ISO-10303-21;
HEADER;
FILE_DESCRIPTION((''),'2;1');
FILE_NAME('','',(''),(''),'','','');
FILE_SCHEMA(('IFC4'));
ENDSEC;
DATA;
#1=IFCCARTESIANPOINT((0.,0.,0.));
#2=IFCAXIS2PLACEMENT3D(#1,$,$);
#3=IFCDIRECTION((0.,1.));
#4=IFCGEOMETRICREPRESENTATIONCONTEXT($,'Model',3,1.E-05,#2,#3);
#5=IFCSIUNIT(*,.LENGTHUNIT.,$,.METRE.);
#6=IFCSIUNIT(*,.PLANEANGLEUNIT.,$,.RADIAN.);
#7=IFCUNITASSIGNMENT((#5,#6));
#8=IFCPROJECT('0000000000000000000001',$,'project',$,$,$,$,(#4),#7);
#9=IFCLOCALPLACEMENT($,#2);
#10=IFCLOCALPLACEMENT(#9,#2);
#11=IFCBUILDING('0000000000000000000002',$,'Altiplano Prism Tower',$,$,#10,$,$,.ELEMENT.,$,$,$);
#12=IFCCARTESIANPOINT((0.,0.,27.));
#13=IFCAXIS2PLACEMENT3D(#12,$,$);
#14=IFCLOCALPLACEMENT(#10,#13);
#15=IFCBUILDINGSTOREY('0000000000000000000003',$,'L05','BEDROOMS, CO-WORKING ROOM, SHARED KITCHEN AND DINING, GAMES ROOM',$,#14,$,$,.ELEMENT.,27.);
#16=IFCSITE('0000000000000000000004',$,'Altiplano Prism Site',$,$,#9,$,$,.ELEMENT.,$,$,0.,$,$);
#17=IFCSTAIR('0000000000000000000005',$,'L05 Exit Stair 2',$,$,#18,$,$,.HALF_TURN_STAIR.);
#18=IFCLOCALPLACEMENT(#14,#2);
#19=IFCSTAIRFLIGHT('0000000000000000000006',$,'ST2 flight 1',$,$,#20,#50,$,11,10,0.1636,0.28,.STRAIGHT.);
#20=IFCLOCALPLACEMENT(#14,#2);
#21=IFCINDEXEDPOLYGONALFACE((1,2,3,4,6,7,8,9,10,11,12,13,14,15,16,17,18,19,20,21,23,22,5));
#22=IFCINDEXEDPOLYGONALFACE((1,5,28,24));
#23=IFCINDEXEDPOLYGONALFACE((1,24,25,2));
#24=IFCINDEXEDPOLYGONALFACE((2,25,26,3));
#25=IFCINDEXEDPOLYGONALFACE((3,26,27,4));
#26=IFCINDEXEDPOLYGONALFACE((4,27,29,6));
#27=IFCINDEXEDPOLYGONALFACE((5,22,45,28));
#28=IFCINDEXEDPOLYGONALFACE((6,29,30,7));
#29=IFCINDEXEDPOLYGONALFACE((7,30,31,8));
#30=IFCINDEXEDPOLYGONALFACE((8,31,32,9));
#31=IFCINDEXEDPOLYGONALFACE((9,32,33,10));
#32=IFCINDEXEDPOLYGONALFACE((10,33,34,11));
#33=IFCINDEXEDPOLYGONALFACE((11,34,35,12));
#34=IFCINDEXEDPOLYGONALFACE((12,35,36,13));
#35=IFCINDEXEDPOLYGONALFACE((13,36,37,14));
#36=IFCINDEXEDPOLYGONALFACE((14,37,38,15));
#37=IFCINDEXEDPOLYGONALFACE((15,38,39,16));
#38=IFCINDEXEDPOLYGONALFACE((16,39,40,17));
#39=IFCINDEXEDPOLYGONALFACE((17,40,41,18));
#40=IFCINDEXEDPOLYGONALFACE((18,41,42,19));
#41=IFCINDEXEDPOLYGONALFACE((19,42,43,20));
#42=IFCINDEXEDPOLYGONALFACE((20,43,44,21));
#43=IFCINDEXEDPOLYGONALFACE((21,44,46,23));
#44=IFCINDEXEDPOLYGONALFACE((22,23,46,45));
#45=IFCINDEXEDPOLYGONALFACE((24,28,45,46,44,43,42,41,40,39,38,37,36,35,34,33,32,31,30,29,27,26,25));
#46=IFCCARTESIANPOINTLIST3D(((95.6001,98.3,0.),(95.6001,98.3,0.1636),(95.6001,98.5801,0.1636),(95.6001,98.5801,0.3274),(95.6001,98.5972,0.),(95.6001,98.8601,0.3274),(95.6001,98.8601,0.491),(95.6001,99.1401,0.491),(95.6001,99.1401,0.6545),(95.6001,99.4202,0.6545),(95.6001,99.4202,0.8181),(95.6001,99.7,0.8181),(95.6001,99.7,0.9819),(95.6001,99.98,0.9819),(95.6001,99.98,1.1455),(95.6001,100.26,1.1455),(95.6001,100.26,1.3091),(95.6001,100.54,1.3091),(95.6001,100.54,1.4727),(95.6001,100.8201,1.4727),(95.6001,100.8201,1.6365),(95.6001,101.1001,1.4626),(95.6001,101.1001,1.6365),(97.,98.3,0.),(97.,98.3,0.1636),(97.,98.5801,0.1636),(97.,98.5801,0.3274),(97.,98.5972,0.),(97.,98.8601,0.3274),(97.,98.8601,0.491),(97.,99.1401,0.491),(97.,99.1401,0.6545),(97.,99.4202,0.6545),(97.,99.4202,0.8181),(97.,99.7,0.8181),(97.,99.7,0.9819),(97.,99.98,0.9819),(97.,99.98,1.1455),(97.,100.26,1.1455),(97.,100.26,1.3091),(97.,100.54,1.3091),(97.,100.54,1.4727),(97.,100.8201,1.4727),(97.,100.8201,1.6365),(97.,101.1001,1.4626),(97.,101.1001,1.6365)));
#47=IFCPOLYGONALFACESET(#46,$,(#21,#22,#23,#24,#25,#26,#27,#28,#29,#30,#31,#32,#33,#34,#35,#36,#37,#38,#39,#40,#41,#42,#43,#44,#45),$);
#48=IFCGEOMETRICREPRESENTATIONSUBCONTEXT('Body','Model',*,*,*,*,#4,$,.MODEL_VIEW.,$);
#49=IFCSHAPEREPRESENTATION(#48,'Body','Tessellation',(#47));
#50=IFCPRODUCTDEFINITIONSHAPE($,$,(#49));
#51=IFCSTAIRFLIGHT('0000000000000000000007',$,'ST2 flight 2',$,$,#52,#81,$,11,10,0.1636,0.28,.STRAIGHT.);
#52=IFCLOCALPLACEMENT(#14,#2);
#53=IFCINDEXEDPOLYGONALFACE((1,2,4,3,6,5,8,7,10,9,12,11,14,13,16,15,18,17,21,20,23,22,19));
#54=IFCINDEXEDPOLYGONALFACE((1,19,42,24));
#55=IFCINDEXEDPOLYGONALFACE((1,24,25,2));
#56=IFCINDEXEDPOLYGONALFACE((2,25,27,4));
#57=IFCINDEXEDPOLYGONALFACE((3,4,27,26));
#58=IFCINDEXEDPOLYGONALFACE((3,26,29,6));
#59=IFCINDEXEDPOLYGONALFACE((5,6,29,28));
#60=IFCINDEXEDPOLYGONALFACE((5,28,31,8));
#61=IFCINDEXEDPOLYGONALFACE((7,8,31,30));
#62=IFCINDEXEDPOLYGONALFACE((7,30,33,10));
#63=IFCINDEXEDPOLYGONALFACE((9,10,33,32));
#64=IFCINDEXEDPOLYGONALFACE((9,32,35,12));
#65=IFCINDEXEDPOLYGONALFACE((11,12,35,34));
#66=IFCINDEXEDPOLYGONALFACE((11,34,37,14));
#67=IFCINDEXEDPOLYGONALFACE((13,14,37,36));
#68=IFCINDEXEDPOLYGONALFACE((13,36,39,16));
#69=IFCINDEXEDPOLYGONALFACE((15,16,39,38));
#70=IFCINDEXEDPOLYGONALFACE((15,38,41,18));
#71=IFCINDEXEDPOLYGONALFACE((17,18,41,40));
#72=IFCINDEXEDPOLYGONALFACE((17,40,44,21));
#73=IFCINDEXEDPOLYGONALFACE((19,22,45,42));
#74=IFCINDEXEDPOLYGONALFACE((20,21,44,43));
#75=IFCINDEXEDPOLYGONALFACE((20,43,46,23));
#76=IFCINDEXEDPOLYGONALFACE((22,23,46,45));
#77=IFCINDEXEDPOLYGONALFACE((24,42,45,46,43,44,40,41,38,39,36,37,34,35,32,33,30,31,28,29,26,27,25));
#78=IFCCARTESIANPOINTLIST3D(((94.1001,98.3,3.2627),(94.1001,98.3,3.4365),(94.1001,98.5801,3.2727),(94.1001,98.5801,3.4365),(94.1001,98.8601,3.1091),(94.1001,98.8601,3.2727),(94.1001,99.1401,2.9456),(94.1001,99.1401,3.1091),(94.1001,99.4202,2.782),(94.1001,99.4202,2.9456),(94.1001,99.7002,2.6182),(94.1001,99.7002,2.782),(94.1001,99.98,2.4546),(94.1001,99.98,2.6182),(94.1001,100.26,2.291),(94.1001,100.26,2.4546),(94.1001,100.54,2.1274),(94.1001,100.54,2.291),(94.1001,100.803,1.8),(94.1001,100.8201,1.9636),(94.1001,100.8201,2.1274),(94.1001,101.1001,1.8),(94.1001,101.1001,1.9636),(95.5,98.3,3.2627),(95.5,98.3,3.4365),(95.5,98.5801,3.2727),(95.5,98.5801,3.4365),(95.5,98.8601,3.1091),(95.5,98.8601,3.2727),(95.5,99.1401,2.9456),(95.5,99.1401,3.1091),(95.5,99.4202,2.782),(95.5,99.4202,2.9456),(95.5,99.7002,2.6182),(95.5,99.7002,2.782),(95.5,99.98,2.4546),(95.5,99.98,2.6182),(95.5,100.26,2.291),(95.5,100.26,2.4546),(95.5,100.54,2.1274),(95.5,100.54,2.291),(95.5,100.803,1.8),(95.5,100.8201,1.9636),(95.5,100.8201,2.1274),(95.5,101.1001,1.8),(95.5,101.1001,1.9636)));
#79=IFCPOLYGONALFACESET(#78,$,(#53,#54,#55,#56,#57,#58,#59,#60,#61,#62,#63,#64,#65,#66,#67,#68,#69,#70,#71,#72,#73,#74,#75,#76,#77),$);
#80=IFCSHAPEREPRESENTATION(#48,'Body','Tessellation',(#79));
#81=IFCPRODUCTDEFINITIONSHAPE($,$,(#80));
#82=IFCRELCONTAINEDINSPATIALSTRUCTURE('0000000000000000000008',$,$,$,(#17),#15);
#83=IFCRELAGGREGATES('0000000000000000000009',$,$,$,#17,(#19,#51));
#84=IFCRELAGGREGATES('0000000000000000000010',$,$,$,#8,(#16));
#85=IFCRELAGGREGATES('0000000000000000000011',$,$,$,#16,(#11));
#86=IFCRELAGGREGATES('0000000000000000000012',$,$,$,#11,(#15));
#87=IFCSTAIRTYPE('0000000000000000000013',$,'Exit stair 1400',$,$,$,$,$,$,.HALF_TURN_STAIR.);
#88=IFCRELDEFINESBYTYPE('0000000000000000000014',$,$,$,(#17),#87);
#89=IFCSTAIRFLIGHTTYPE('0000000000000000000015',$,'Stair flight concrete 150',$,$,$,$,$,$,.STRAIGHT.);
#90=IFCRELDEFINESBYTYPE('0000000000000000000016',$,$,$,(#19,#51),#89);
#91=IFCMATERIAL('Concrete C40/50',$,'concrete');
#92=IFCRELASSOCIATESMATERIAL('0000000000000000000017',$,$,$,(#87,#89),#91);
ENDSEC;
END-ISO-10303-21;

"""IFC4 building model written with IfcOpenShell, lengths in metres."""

from ifc_helpers import new_model, si_unit, direction, frame, origin, place, context, subcontext, project, spatial, polyline, outline, extrude, material, type_object, element, aggregate, save


model = new_model("IFC4")

# Units and contexts
model_context = context("Model", 3, precision=1e-05, world=origin(), true_north=direction((0.0, 1.0)))
body_context = subcontext(model_context, "Body", "Model", "MODEL_VIEW")
ifc_project = project(units=[si_unit("LENGTHUNIT", "METRE"), si_unit("PLANEANGLEUNIT", "RADIAN")], contexts=[model_context])

# Site, building, storey
site_placement = place(None, origin())
site = spatial("IfcSite", under=ifc_project, at=site_placement, Name="Altiplano Prism Site", CompositionType="ELEMENT", RefElevation=0.0)
building_placement = place(site_placement, origin())
building = spatial("IfcBuilding", under=site, at=building_placement, Name="Altiplano Prism Tower", CompositionType="ELEMENT")
storey_placement = place(building_placement, frame((0.0, 0.0, 27.0)))
storey = spatial("IfcBuildingStorey", under=building, at=storey_placement, Name="L05", Description="BEDROOMS, CO-WORKING ROOM, SHARED KITCHEN AND DINING, GAMES ROOM", CompositionType="ELEMENT", Elevation=27.0)

# Stair, stair flights
ifc_material_1 = material(Name="Concrete C40/50", Category="concrete")
stair_type = type_object("IfcStairType", Name="Exit stair 1400", PredefinedType="HALF_TURN_STAIR", material=ifc_material_1)
stair_placement = place(storey_placement, origin())
stair = element("IfcStair", 1, at=stair_placement, inside=storey, type_object=stair_type, Name="L05 Exit Stair 2", PredefinedType="HALF_TURN_STAIR")
stair_flight_type = type_object("IfcStairFlightType", Name="Stair flight concrete 150", PredefinedType="STRAIGHT", material=ifc_material_1)
stair_flight_1_placement = place(storey_placement, frame((96.3, 98.3, 0.0), z_axis=(0.0, 0.0, 1.0), x_axis=(0.0, 1.0, 0.0)))
stair_flight_1 = element("IfcStairFlight", 2, at=stair_flight_1_placement, type_object=stair_flight_type, Name="ST2 flight 1", NumberOfRisers=11, NumberOfTreads=10, PredefinedType="STRAIGHT", RiserHeight=0.1636, TreadLength=0.28, context=body_context, shape_type="SweptSolid", body=[
    extrude(outline(polyline([(0.0, 0.0), (0.0, 0.1636), (0.28, 0.1636), (0.28, 0.3274), (0.5601, 0.3274), (0.5601, 0.491), (0.8401, 0.491), (0.8401, 0.6545), (1.1201, 0.6545), (1.1201, 0.8181), (1.3999, 0.8181), (1.3999, 0.9819), (1.6799, 0.9819), (1.6799, 1.1455), (1.96, 1.1455), (1.96, 1.3091), (2.24, 1.3091), (2.24, 1.4727), (2.52, 1.4727), (2.52, 1.6365), (2.8, 1.6365), (2.8, 1.8), (2.8, 1.4626), (0.2971, 0.0), (0.0, 0.0)])), frame((0.0, 0.7, 0.0), z_axis=(0.0, -1.0, 0.0), x_axis=(1.0, 0.0, 0.0)), (0.0, 0.0, 1.0), 1.3999),
])
stair_flight_2_placement = place(storey_placement, frame((94.8, 101.1001, 1.8), z_axis=(0.0, 0.0, 1.0), x_axis=(0.0, -1.0, 0.0)))
stair_flight_2 = element("IfcStairFlight", 3, at=stair_flight_2_placement, type_object=stair_flight_type, Name="ST2 flight 2", NumberOfRisers=11, NumberOfTreads=10, PredefinedType="STRAIGHT", RiserHeight=0.1636, TreadLength=0.28, context=body_context, shape_type="SweptSolid", body=[
    extrude(outline(polyline([(0.0, 0.0), (0.0, 0.1636), (0.28, 0.1636), (0.28, 0.3274), (0.5601, 0.3274), (0.5601, 0.491), (0.8401, 0.491), (0.8401, 0.6545), (1.1201, 0.6545), (1.1201, 0.8181), (1.3999, 0.8181), (1.3999, 0.9819), (1.6799, 0.9819), (1.6799, 1.1455), (1.96, 1.1455), (1.96, 1.3091), (2.24, 1.3091), (2.24, 1.4727), (2.52, 1.4727), (2.52, 1.6365), (2.8, 1.6365), (2.8, 1.8), (2.8, 1.4626), (0.2971, 0.0), (0.0, 0.0)])), frame((0.0, 0.7, 0.0), z_axis=(0.0, -1.0, 0.0), x_axis=(1.0, 0.0, 0.0)), (0.0, 0.0, 1.0), 1.3999),
])
aggregate(stair, [stair_flight_1, stair_flight_2])

save(model, "model.ifc")
